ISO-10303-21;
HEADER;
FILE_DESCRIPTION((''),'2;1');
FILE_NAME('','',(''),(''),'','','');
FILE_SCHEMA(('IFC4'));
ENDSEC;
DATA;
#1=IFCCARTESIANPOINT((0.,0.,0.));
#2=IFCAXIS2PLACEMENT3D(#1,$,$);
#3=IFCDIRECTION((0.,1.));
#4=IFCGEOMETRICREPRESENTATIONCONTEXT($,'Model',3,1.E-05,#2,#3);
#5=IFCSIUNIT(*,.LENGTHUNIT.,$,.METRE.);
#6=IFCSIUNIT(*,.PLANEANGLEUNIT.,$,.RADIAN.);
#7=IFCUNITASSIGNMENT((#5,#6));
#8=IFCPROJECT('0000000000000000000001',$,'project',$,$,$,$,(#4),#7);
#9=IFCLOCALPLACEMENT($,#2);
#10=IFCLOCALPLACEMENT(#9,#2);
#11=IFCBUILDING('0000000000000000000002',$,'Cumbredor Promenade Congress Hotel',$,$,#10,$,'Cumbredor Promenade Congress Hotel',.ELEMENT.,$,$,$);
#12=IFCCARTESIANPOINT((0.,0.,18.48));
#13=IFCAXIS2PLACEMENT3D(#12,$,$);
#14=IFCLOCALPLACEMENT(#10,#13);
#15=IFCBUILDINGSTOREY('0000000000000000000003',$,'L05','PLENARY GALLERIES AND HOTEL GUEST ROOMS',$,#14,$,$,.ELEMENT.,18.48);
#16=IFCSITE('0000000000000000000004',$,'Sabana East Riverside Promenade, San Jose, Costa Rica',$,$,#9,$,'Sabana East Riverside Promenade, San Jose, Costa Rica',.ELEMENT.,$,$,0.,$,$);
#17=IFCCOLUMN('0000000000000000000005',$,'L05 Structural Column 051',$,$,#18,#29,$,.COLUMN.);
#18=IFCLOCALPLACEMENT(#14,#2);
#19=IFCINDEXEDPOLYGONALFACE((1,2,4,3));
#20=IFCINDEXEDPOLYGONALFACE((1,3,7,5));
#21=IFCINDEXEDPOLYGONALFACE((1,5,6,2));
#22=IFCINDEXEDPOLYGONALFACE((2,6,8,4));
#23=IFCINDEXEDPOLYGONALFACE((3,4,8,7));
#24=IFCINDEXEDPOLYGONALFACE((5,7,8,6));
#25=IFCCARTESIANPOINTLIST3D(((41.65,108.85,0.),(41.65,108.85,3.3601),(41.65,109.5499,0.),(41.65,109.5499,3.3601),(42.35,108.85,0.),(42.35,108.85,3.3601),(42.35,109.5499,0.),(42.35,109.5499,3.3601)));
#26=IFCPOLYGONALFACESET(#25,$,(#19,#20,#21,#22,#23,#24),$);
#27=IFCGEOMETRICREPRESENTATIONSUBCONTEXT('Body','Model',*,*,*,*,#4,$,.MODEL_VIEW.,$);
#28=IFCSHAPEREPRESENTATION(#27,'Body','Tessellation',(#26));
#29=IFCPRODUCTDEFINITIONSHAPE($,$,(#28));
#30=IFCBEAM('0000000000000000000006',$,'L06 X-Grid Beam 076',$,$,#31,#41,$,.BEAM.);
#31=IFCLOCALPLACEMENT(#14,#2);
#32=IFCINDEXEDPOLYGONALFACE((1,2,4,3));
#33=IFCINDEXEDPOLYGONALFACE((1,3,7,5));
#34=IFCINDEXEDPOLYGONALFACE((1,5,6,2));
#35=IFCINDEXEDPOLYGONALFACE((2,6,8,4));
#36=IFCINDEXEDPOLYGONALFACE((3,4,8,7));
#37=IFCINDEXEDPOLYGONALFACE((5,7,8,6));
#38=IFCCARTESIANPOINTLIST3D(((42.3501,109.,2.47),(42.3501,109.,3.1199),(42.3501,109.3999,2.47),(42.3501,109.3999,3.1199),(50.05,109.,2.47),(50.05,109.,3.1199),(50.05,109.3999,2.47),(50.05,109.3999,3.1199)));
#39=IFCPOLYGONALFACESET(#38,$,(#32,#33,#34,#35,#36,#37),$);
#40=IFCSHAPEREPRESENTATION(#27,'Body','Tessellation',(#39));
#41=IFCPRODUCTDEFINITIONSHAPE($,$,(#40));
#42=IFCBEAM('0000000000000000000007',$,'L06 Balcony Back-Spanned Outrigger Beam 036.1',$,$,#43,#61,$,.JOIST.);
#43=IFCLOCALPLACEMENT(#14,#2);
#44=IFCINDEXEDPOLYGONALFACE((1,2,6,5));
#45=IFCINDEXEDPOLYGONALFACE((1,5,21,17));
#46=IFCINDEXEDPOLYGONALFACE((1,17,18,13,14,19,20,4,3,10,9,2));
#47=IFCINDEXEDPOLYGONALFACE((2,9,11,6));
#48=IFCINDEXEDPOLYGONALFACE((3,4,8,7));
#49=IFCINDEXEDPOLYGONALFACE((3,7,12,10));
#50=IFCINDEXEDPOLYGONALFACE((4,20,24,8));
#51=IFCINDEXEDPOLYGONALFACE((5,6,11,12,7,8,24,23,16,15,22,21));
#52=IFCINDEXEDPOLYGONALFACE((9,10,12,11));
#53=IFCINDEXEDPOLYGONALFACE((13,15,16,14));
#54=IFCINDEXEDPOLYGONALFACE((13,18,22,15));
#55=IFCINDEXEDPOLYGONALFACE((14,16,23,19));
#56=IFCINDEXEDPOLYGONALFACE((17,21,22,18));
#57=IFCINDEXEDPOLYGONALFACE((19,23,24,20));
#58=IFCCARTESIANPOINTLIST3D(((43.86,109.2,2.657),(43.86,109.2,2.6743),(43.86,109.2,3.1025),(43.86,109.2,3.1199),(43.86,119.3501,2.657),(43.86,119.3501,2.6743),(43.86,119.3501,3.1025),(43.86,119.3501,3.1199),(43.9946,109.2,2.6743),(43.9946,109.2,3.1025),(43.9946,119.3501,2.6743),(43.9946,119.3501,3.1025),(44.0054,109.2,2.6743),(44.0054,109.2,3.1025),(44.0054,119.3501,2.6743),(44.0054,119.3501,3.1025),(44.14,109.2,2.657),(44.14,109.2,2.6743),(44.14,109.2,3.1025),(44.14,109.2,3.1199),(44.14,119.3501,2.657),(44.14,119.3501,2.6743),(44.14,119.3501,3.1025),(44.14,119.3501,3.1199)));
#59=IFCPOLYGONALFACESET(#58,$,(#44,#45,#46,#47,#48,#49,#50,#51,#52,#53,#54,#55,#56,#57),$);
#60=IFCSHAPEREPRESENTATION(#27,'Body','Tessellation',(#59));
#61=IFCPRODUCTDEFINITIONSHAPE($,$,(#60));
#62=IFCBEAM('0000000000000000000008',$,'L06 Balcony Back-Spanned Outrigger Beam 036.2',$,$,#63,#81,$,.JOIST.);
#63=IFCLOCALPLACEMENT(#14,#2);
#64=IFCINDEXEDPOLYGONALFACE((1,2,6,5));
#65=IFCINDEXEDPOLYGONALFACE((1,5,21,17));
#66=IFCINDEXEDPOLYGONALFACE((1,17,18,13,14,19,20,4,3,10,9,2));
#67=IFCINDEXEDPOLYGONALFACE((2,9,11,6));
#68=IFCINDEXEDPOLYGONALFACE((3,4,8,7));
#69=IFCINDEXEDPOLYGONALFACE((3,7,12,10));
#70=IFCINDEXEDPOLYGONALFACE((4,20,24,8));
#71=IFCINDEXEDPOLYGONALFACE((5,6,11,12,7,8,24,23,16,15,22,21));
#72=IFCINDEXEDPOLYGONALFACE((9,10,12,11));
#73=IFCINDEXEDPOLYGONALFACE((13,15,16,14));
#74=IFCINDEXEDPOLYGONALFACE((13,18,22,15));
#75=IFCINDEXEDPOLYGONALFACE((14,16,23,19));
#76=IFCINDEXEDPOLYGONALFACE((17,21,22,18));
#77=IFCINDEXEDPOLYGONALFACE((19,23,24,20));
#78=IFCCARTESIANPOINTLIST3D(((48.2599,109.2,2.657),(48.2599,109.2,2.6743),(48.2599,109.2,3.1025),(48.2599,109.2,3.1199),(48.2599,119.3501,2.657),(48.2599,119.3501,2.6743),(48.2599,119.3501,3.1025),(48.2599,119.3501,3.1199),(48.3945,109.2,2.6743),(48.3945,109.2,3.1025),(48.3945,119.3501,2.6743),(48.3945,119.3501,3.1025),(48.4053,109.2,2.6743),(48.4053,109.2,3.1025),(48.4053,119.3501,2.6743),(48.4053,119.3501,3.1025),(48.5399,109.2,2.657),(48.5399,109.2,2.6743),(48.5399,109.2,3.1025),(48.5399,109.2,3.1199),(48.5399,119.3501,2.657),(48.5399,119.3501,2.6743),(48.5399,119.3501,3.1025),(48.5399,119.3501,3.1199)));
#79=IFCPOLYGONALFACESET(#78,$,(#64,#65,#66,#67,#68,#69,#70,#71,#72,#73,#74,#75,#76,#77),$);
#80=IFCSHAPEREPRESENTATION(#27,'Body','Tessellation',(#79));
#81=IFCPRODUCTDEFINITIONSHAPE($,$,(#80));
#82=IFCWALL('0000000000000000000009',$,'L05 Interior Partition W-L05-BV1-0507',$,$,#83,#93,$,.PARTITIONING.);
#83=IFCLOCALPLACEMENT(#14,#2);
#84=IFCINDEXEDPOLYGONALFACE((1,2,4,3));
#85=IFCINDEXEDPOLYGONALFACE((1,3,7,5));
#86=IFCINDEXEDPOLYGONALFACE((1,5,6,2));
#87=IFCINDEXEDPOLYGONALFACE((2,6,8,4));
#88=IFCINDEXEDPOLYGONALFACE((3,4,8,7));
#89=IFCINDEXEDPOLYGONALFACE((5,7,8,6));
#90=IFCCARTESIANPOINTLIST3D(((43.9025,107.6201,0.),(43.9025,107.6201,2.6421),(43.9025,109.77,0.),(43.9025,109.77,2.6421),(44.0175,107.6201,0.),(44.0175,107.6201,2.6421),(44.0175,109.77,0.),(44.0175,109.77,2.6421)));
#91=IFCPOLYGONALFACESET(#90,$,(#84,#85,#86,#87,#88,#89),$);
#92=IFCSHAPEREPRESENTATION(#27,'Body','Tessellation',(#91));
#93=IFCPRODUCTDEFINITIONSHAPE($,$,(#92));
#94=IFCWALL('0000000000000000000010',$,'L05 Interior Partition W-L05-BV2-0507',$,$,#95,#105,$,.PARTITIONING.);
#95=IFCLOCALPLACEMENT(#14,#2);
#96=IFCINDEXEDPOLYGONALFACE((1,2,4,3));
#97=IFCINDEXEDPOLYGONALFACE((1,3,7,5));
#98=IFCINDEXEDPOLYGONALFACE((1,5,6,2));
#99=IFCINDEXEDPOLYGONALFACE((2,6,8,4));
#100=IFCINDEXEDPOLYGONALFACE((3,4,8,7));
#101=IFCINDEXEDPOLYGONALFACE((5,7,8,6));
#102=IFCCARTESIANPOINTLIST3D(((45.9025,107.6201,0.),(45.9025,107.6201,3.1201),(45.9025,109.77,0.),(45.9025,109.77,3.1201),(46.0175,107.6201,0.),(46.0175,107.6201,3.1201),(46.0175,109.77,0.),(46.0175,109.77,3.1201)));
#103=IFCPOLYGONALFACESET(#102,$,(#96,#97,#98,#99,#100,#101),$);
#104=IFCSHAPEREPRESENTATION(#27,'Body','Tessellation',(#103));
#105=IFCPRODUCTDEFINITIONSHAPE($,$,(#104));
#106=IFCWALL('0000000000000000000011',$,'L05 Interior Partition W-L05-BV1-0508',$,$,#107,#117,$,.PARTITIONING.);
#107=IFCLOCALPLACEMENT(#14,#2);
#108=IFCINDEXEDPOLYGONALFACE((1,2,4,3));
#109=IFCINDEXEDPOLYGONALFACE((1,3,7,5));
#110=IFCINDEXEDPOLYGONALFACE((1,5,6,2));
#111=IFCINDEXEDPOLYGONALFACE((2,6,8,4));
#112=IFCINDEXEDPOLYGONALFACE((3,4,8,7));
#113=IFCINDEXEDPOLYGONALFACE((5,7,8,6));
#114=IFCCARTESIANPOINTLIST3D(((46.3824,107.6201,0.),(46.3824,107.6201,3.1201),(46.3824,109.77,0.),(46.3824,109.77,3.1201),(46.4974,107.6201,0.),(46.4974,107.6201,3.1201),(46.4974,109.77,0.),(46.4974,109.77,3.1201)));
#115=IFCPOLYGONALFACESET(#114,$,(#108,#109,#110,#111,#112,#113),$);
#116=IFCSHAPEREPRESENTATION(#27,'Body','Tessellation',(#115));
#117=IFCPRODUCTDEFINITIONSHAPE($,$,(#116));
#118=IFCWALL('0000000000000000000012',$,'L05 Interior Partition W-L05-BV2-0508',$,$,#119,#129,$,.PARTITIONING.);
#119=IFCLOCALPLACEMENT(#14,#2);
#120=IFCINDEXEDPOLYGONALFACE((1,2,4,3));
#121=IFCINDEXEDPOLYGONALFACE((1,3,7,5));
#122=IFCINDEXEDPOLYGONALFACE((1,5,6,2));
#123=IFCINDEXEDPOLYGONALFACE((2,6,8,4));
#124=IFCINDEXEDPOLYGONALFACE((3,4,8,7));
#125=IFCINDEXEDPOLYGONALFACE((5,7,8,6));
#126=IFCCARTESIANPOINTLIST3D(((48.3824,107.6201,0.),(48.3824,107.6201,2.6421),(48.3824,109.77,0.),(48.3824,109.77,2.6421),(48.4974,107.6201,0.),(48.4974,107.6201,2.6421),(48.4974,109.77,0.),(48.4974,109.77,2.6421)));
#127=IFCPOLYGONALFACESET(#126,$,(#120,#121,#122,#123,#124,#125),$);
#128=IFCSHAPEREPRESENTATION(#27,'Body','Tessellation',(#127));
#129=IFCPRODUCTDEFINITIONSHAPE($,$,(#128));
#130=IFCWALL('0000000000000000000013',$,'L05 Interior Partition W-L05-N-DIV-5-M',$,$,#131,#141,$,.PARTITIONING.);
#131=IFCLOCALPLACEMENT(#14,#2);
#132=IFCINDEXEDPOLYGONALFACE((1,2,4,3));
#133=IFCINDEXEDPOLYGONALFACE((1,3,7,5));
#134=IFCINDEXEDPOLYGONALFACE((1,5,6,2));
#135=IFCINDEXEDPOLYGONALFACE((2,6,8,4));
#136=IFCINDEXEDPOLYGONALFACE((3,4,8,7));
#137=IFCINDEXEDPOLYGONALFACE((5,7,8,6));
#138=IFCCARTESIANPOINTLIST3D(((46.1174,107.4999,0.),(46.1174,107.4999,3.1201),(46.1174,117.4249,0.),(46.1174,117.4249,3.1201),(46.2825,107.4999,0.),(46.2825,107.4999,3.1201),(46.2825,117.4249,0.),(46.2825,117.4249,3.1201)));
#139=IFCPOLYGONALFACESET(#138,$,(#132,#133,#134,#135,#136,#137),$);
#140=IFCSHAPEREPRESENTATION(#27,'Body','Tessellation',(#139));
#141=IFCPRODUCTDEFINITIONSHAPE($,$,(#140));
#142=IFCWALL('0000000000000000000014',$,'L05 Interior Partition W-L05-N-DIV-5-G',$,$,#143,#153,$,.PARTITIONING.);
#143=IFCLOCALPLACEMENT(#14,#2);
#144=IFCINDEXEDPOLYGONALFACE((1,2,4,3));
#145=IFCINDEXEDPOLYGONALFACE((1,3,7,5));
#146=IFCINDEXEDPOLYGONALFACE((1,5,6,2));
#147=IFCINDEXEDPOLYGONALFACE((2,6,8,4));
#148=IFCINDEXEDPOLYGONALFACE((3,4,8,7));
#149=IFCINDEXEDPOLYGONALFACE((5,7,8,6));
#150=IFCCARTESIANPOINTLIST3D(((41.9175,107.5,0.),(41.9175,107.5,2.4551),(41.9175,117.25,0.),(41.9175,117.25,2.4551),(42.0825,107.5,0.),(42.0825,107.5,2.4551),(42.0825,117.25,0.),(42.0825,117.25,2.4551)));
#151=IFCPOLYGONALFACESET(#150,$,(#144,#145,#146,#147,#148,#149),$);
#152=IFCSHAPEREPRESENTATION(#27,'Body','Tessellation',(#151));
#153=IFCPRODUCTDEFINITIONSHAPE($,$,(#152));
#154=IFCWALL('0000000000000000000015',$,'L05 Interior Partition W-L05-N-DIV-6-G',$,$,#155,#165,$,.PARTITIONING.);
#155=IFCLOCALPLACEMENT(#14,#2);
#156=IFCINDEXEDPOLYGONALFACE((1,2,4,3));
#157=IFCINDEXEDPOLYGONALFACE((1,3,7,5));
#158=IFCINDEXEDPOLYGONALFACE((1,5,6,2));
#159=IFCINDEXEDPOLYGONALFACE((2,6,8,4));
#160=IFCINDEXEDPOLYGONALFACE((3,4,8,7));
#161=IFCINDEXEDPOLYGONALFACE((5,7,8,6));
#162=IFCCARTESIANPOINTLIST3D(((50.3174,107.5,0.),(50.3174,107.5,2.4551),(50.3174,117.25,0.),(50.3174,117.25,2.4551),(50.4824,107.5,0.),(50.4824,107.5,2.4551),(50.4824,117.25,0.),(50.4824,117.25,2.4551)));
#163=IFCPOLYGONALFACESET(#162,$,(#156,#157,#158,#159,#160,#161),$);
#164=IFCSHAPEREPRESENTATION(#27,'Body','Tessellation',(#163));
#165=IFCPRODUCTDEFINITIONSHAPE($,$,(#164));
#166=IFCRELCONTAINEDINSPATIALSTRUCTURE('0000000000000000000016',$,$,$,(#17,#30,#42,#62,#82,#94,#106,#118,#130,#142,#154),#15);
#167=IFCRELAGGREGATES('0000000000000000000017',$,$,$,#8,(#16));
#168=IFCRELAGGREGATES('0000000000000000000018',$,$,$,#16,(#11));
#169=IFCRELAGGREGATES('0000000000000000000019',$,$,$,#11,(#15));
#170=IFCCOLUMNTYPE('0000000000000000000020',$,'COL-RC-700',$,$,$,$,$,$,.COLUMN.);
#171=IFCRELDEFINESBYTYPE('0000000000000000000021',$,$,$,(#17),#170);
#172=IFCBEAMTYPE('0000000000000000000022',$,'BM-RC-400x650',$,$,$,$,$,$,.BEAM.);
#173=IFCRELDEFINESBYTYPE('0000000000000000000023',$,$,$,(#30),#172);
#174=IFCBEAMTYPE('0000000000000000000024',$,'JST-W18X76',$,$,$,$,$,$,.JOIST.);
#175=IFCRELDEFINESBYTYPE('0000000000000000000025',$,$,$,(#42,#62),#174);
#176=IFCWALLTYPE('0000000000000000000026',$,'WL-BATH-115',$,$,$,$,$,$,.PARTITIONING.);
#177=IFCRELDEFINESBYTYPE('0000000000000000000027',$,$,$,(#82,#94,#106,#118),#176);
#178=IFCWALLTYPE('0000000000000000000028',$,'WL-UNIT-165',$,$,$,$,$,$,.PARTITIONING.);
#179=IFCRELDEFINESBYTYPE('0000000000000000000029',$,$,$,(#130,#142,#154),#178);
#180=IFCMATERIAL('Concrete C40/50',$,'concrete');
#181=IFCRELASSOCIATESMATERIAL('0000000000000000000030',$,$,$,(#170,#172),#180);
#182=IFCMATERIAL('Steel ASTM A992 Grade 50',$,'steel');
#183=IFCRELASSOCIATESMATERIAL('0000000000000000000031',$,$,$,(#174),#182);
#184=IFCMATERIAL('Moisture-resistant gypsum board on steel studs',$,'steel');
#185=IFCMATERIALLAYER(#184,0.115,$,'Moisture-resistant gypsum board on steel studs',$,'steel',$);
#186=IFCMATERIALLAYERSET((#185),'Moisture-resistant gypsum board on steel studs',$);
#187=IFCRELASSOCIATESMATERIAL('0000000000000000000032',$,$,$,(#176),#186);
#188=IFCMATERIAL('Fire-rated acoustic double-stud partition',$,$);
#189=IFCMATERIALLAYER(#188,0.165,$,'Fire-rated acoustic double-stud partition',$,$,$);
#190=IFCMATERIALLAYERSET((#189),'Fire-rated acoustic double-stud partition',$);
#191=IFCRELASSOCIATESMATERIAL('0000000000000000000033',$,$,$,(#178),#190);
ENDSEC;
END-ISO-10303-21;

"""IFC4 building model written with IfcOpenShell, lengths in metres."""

from ifc_helpers import new_model, si_unit, direction, frame, frame_2d, origin, origin_2d, place, context, subcontext, project, spatial, rectangle, i_section, extrude, material, layer, layer_set, material_profile, profile_set, type_object, element, save


model = new_model("IFC4")

# Units and contexts
model_context = context("Model", 3, precision=1e-05, world=origin(), true_north=direction((0.0, 1.0)))
body_context = subcontext(model_context, "Body", "Model", "MODEL_VIEW")
ifc_project = project(units=[si_unit("LENGTHUNIT", "METRE"), si_unit("PLANEANGLEUNIT", "RADIAN")], contexts=[model_context])

# Site, building, storey
site_placement = place(None, origin())
site = spatial("IfcSite", under=ifc_project, at=site_placement, Name="Sabana East Riverside Promenade, San Jose, Costa Rica", LongName="Sabana East Riverside Promenade, San Jose, Costa Rica", CompositionType="ELEMENT", RefElevation=0.0)
building_placement = place(site_placement, origin())
building = spatial("IfcBuilding", under=site, at=building_placement, Name="Cumbredor Promenade Congress Hotel", LongName="Cumbredor Promenade Congress Hotel", CompositionType="ELEMENT")
storey_placement = place(building_placement, frame((0.0, 0.0, 18.48)))
storey = spatial("IfcBuildingStorey", under=building, at=storey_placement, Name="L05", Description="PLENARY GALLERIES AND HOTEL GUEST ROOMS", CompositionType="ELEMENT", Elevation=18.48)

# Column
ifc_material_1 = material(Name="Concrete C40/50", Category="concrete")
ifc_material_profile_1 = material_profile(ifc_material_1, rectangle(XDim=0.7, YDim=0.7, at=origin_2d()), Name="RC 700x700")
ifc_profile_set_1 = profile_set([ifc_material_profile_1], Name="Concrete C40/50")
column_type = type_object("IfcColumnType", Name="COL-RC-700", PredefinedType="COLUMN", material=ifc_profile_set_1)
column_placement = place(storey_placement, frame((42.0, 109.2, 0.0), z_axis=(0.0, 0.0, 1.0), x_axis=(1.0, 0.0, 0.0)))
element("IfcColumn", 1, at=column_placement, inside=storey, type_object=column_type, Name="L05 Structural Column 051", PredefinedType="COLUMN", context=body_context, shape_type="SweptSolid", body=[
    extrude(rectangle(XDim=0.7, YDim=0.7, at=origin_2d()), origin(), (0.0, 0.0, 1.0), 3.3601),
])

# Beams
ifc_material_profile_2 = material_profile(ifc_material_1, rectangle(XDim=0.3999, YDim=0.6499, at=origin_2d()), Name="RC BEAM 400x650")
ifc_profile_set_2 = profile_set([ifc_material_profile_2], Name="Concrete C40/50")
beam_type_1 = type_object("IfcBeamType", Name="BM-RC-400x650", PredefinedType="BEAM", material=ifc_profile_set_2)
beam_placement = place(storey_placement, frame((42.3501, 109.2, 2.7949), z_axis=(1.0, 0.0, 0.0), x_axis=(0.0, 1.0, 0.0)))
element("IfcBeam", 2, at=beam_placement, inside=storey, type_object=beam_type_1, Name="L06 X-Grid Beam 076", PredefinedType="BEAM", context=body_context, shape_type="SweptSolid", body=[
    extrude(rectangle(XDim=0.3999, YDim=0.6499, at=origin_2d()), origin(), (0.0, 0.0, 1.0), 7.7),
])
ifc_material_2 = material(Name="Steel ASTM A992 Grade 50", Category="steel")
ifc_material_profile_3 = material_profile(ifc_material_2, i_section(OverallWidth=0.28, OverallDepth=0.4629, WebThickness=0.0107, FlangeThickness=0.0173, at=origin_2d()), Name="W18X76")
ifc_profile_set_3 = profile_set([ifc_material_profile_3], Name="Steel ASTM A992 Grade 50")
beam_type_2 = type_object("IfcBeamType", Name="JST-W18X76", PredefinedType="JOIST", material=ifc_profile_set_3)
for number, where, z_axis, x_axis, name in (
    (3, (44.0, 109.2, 2.8884), (0.0, 1.0, 0.0), (-1.0, 0.0, 0.0), "L06 Balcony Back-Spanned Outrigger Beam 036.1"),
    (4, (48.3999, 109.2, 2.8884), (0.0, 1.0, 0.0), (-1.0, 0.0, 0.0), "L06 Balcony Back-Spanned Outrigger Beam 036.2"),
):
    element("IfcBeam", number, at=place(storey_placement, frame(where, z_axis=z_axis, x_axis=x_axis)), inside=storey, type_object=beam_type_2, Name=name, PredefinedType="JOIST", context=body_context, shape_type="SweptSolid", body=[
        extrude(i_section(OverallWidth=0.28, OverallDepth=0.4629, WebThickness=0.0107, FlangeThickness=0.0173, at=origin_2d()), origin(), (0.0, 0.0, 1.0), 10.1501),
    ])

# Walls
ifc_material_3 = material(Name="Moisture-resistant gypsum board on steel studs", Category="steel")
ifc_layer_1 = layer(ifc_material_3, 0.115, Name="Moisture-resistant gypsum board on steel studs", Category="steel")
ifc_layer_set_1 = layer_set([ifc_layer_1], Name="Moisture-resistant gypsum board on steel studs")
wall_type_1 = type_object("IfcWallType", Name="WL-BATH-115", PredefinedType="PARTITIONING", material=ifc_layer_set_1)
wall_1_placement = place(storey_placement, frame((43.96, 107.6201, 0.0), z_axis=(0.0, 0.0, 1.0), x_axis=(0.0, 1.0, 0.0)))
element("IfcWall", 5, at=wall_1_placement, inside=storey, type_object=wall_type_1, Name="L05 Interior Partition W-L05-BV1-0507", PredefinedType="PARTITIONING", context=body_context, shape_type="SweptSolid", body=[
    extrude(rectangle(XDim=2.1499, YDim=0.115, at=frame_2d((1.075, 0.0))), origin(), (0.0, 0.0, 1.0), 2.6421),
])
for number, where, z_axis, x_axis, name in (
    (6, (45.96, 107.6201, 0.0), (0.0, 0.0, 1.0), (0.0, 1.0, 0.0), "L05 Interior Partition W-L05-BV2-0507"),
    (7, (46.4399, 107.6201, 0.0), (0.0, 0.0, 1.0), (0.0, 1.0, 0.0), "L05 Interior Partition W-L05-BV1-0508"),
):
    element("IfcWall", number, at=place(storey_placement, frame(where, z_axis=z_axis, x_axis=x_axis)), inside=storey, type_object=wall_type_1, Name=name, PredefinedType="PARTITIONING", context=body_context, shape_type="SweptSolid", body=[
        extrude(rectangle(XDim=2.1499, YDim=0.115, at=frame_2d((1.075, 0.0))), origin(), (0.0, 0.0, 1.0), 3.1201),
    ])
wall_2_placement = place(storey_placement, frame((48.4399, 107.6201, 0.0), z_axis=(0.0, 0.0, 1.0), x_axis=(0.0, 1.0, 0.0)))
element("IfcWall", 8, at=wall_2_placement, inside=storey, type_object=wall_type_1, Name="L05 Interior Partition W-L05-BV2-0508", PredefinedType="PARTITIONING", context=body_context, shape_type="SweptSolid", body=[
    extrude(rectangle(XDim=2.1499, YDim=0.115, at=frame_2d((1.075, 0.0))), origin(), (0.0, 0.0, 1.0), 2.6421),
])

# Walls
ifc_material_4 = material(Name="Fire-rated acoustic double-stud partition")
ifc_layer_2 = layer(ifc_material_4, 0.165, Name="Fire-rated acoustic double-stud partition")
ifc_layer_set_2 = layer_set([ifc_layer_2], Name="Fire-rated acoustic double-stud partition")
wall_type_2 = type_object("IfcWallType", Name="WL-UNIT-165", PredefinedType="PARTITIONING", material=ifc_layer_set_2)
wall_3_placement = place(storey_placement, frame((46.2, 107.5, 0.0), z_axis=(0.0, 0.0, 1.0), x_axis=(0.0, 1.0, 0.0)))
element("IfcWall", 9, at=wall_3_placement, inside=storey, type_object=wall_type_2, Name="L05 Interior Partition W-L05-N-DIV-5-M", PredefinedType="PARTITIONING", context=body_context, shape_type="SweptSolid", body=[
    extrude(rectangle(XDim=9.925, YDim=0.165, at=frame_2d((4.9624, 0.0))), origin(), (0.0, 0.0, 1.0), 3.1201),
])
for number, where, z_axis, x_axis, name in (
    (10, (42.0, 107.5, 0.0), (0.0, 0.0, 1.0), (0.0, 1.0, 0.0), "L05 Interior Partition W-L05-N-DIV-5-G"),
    (11, (50.3999, 107.5, 0.0), (0.0, 0.0, 1.0), (0.0, 1.0, 0.0), "L05 Interior Partition W-L05-N-DIV-6-G"),
):
    element("IfcWall", number, at=place(storey_placement, frame(where, z_axis=z_axis, x_axis=x_axis)), inside=storey, type_object=wall_type_2, Name=name, PredefinedType="PARTITIONING", context=body_context, shape_type="SweptSolid", body=[
        extrude(rectangle(XDim=9.75, YDim=0.165, at=frame_2d((4.875, 0.0))), origin(), (0.0, 0.0, 1.0), 2.4551),
    ])

save(model, "model.ifc")
